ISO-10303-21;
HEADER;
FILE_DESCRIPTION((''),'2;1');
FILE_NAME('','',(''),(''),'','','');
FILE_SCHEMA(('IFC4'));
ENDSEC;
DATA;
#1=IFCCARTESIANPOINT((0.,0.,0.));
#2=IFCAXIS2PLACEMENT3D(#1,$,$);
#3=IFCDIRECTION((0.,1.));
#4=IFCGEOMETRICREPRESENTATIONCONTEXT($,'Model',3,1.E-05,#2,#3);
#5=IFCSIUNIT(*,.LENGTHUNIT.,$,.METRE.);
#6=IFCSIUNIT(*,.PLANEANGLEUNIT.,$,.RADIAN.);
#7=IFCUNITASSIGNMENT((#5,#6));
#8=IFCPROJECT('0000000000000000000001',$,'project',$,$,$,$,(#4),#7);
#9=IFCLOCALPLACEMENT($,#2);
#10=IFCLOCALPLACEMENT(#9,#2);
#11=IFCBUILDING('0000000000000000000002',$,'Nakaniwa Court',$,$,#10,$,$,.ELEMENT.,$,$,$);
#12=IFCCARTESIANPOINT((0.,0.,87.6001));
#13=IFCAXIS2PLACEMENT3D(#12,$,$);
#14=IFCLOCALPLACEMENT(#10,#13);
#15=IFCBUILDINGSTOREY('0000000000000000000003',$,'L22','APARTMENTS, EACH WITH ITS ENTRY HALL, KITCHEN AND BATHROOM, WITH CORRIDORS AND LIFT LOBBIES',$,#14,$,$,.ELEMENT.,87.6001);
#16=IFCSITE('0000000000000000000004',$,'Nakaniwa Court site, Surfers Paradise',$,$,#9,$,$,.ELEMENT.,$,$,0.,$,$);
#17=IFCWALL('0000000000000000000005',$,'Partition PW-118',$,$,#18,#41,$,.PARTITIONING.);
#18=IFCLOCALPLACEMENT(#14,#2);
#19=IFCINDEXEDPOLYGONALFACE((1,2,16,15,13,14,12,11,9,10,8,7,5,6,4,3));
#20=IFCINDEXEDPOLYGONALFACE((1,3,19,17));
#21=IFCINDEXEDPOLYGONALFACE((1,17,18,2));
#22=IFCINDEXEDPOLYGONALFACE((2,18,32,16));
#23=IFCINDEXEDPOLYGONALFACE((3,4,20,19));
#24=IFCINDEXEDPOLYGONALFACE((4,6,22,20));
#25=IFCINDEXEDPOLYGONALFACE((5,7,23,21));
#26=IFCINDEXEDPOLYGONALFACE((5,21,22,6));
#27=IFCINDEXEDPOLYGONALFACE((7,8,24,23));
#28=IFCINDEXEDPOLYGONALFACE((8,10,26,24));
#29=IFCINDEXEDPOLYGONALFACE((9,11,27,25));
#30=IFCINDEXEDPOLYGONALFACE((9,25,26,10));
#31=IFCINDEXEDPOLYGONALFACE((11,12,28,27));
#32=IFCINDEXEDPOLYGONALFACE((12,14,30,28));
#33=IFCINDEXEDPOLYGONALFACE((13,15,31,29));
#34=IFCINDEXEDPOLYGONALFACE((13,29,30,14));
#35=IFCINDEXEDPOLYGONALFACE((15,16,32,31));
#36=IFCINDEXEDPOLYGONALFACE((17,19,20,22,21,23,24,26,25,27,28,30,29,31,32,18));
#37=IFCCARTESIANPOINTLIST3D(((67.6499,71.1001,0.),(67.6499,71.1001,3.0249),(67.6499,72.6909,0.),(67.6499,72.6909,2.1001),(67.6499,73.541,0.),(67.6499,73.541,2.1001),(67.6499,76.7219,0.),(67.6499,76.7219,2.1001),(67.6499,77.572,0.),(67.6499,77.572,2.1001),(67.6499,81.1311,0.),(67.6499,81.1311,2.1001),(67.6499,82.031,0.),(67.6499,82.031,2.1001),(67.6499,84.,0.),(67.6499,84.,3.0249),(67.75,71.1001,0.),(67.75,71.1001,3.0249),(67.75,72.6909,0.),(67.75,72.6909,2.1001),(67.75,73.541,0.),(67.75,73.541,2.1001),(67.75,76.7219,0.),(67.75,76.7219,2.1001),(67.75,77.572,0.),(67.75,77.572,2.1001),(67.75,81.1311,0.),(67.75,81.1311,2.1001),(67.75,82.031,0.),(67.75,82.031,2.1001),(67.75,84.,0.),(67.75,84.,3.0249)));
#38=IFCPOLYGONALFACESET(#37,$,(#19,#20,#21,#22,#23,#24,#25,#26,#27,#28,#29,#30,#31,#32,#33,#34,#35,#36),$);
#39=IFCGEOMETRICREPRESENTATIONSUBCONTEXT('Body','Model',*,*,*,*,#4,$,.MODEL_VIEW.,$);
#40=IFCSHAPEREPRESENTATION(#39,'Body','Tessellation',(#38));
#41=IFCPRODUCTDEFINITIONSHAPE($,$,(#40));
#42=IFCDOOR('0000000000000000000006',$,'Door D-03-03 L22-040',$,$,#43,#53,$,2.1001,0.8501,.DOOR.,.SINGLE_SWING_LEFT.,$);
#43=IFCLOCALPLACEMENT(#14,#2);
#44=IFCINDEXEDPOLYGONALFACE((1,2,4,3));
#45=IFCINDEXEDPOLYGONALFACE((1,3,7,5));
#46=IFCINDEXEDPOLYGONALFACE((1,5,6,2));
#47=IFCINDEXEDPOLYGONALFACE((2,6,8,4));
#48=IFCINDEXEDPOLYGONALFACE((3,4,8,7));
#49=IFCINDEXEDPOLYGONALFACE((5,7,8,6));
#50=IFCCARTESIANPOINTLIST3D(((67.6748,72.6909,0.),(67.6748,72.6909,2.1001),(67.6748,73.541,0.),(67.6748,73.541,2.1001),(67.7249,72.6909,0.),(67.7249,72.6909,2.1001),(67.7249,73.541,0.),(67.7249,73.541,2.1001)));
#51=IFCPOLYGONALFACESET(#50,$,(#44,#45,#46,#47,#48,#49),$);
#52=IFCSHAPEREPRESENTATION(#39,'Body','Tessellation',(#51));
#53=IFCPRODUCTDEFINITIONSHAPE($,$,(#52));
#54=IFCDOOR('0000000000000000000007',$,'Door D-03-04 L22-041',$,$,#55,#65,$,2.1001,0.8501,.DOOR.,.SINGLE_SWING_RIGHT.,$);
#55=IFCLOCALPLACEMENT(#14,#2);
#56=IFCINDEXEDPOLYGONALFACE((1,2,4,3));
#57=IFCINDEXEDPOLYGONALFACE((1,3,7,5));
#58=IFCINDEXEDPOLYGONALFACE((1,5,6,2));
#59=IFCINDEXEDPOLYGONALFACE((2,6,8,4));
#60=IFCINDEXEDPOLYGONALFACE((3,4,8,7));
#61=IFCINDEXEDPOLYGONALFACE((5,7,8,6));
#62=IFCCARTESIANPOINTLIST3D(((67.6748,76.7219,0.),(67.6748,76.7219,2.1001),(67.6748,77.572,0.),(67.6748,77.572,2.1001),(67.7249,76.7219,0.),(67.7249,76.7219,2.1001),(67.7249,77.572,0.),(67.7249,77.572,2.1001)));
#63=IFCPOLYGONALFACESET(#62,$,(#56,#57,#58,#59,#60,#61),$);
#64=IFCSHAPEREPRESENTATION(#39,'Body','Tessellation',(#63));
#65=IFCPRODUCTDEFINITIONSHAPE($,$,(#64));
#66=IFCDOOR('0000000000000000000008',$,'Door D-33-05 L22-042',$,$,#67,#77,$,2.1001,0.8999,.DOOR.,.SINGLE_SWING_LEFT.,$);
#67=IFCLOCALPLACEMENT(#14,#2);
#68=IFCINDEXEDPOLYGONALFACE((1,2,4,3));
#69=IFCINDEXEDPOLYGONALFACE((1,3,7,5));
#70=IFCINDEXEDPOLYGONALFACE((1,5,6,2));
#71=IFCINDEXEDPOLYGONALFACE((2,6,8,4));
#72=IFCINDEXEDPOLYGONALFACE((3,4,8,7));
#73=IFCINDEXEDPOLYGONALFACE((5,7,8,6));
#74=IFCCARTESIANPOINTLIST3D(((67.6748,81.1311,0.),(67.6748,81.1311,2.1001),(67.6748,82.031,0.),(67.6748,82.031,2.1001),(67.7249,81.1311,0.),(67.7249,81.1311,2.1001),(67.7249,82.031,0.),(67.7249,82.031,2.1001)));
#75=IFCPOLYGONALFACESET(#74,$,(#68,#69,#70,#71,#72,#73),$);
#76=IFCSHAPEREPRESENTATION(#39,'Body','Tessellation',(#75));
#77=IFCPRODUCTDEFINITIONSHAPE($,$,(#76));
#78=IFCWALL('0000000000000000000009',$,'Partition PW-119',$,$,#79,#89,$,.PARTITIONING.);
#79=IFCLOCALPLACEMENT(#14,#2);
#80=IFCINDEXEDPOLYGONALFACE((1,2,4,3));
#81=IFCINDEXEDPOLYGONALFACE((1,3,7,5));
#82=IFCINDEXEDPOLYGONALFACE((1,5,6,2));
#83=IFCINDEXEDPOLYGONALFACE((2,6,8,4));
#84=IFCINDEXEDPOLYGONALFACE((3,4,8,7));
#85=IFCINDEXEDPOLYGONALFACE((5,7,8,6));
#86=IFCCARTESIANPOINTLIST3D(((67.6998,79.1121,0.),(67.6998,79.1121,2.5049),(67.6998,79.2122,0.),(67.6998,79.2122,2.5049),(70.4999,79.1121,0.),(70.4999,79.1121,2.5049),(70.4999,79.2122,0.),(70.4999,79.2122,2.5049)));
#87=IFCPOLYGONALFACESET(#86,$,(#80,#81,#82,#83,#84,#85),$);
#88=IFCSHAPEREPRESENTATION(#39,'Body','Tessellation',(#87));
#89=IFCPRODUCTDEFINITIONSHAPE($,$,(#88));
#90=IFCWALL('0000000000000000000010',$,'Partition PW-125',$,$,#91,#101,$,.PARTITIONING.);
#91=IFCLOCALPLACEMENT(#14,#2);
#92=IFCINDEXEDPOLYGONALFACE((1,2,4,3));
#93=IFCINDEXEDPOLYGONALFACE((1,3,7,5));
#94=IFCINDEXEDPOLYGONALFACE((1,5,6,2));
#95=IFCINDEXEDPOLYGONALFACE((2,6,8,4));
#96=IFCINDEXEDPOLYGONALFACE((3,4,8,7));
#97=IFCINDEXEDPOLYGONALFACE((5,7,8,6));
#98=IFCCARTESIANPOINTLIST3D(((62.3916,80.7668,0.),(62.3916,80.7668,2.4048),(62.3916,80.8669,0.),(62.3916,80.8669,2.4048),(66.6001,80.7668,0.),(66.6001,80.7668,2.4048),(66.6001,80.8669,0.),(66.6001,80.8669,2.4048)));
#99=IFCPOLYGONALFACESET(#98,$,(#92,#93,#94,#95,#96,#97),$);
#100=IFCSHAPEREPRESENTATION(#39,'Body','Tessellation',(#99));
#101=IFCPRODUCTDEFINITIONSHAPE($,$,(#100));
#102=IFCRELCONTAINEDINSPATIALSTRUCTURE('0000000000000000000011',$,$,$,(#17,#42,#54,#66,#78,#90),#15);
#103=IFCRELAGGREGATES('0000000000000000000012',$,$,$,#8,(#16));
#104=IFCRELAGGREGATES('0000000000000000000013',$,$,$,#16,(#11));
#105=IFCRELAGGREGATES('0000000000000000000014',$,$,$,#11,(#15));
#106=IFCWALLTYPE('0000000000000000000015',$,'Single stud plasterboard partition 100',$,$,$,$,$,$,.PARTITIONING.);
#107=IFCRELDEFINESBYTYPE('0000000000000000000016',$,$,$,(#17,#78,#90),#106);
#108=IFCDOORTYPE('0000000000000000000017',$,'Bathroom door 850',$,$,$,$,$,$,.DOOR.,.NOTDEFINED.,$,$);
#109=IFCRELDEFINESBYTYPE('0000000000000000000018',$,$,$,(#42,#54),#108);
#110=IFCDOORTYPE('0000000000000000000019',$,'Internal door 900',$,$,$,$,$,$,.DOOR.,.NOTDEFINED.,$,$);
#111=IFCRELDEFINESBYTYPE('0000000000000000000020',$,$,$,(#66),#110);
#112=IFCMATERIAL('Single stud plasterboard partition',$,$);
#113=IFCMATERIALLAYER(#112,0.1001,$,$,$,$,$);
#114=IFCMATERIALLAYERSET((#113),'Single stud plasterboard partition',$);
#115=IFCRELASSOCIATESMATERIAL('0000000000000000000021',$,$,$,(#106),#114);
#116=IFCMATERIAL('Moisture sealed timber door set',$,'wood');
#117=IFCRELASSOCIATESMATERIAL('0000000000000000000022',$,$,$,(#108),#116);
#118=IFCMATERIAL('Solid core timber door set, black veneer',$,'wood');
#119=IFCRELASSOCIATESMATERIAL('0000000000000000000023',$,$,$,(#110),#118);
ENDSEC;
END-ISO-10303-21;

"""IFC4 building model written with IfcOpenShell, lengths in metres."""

from ifc_helpers import new_model, si_unit, direction, frame, frame_2d, origin, place, context, subcontext, project, spatial, rectangle, extrude, material, layer, layer_set, type_object, element, fill, save


model = new_model("IFC4")

# Units and contexts
model_context = context("Model", 3, precision=1e-05, world=origin(), true_north=direction((0.0, 1.0)))
body_context = subcontext(model_context, "Body", "Model", "MODEL_VIEW")
ifc_project = project(units=[si_unit("LENGTHUNIT", "METRE"), si_unit("PLANEANGLEUNIT", "RADIAN")], contexts=[model_context])

# Site, building, storey
site_placement = place(None, origin())
site = spatial("IfcSite", under=ifc_project, at=site_placement, Name="Nakaniwa Court site, Surfers Paradise", CompositionType="ELEMENT", RefElevation=0.0)
building_placement = place(site_placement, origin())
building = spatial("IfcBuilding", under=site, at=building_placement, Name="Nakaniwa Court", CompositionType="ELEMENT")
storey_placement = place(building_placement, frame((0.0, 0.0, 87.6001)))
storey = spatial("IfcBuildingStorey", under=building, at=storey_placement, Name="L22", Description="APARTMENTS, EACH WITH ITS ENTRY HALL, KITCHEN AND BATHROOM, WITH CORRIDORS AND LIFT LOBBIES", CompositionType="ELEMENT", Elevation=87.6001)

# Wall, openings, doors
ifc_material_1 = material(Name="Single stud plasterboard partition")
ifc_layer_1 = layer(ifc_material_1, 0.1001)
ifc_layer_set_1 = layer_set([ifc_layer_1], Name="Single stud plasterboard partition")
wall_type_1 = type_object("IfcWallType", Name="Single stud plasterboard partition 100", PredefinedType="PARTITIONING", material=ifc_layer_set_1)
wall_1_placement = place(storey_placement, frame((67.7, 84.0, 0.0), z_axis=(0.0, 0.0, 1.0), x_axis=(0.0, -1.0, 0.0)))
wall_1 = element("IfcWall", 1, at=wall_1_placement, inside=storey, type_object=wall_type_1, Name="Partition PW-118", PredefinedType="PARTITIONING", context=body_context, shape_type="SweptSolid", body=[
    extrude(rectangle(XDim=12.8999, YDim=0.1001, at=frame_2d((6.45, 0.0))), origin(), (0.0, 0.0, 1.0), 3.0249),
])
opening_1_placement = place(wall_1_placement, frame((10.459, 0.0, 0.0)))
opening_1 = element("IfcOpeningElement", 2, at=opening_1_placement, cuts=wall_1, PredefinedType="OPENING", context=body_context, shape_type="SweptSolid", body=[
    extrude(rectangle(XDim=0.8501, YDim=2.1001, at=frame_2d((0.425, 1.05))), frame((0.0, 0.0601, 0.0), z_axis=(0.0, -1.0, 0.0), x_axis=(1.0, 0.0, 0.0)), (0.0, 0.0, 1.0), 0.1201),
])
opening_2_placement = place(wall_1_placement, frame((6.428, 0.0, 0.0)))
opening_2 = element("IfcOpeningElement", 3, at=opening_2_placement, cuts=wall_1, PredefinedType="OPENING", context=body_context, shape_type="SweptSolid", body=[
    extrude(rectangle(XDim=0.8501, YDim=2.1001, at=frame_2d((0.425, 1.05))), frame((0.0, 0.0601, 0.0), z_axis=(0.0, -1.0, 0.0), x_axis=(1.0, 0.0, 0.0)), (0.0, 0.0, 1.0), 0.1201),
])
opening_3_placement = place(wall_1_placement, frame((1.969, 0.0, 0.0)))
opening_3 = element("IfcOpeningElement", 4, at=opening_3_placement, cuts=wall_1, PredefinedType="OPENING", context=body_context, shape_type="SweptSolid", body=[
    extrude(rectangle(XDim=0.8999, YDim=2.1001, at=frame_2d((0.45, 1.05))), frame((0.0, 0.0601, 0.0), z_axis=(0.0, -1.0, 0.0), x_axis=(1.0, 0.0, 0.0)), (0.0, 0.0, 1.0), 0.1201),
])
ifc_material_2 = material(Name="Moisture sealed timber door set", Category="wood")
door_type_1 = type_object("IfcDoorType", Name="Bathroom door 850", OperationType="NOTDEFINED", PredefinedType="DOOR", material=ifc_material_2)
door_1_placement = place(opening_1_placement, origin())
door_1 = element("IfcDoor", 5, at=door_1_placement, inside=storey, type_object=door_type_1, Name="Door D-03-03 L22-040", OperationType="SINGLE_SWING_LEFT", OverallHeight=2.1001, OverallWidth=0.8501, PredefinedType="DOOR", context=body_context, shape_type="SweptSolid", body=[
    extrude(rectangle(XDim=0.8501, YDim=2.1001, at=frame_2d((0.425, 1.05))), frame((0.0, 0.0249, 0.0), z_axis=(0.0, -1.0, 0.0), x_axis=(1.0, 0.0, 0.0)), (0.0, 0.0, 1.0), 0.05),
])
fill(opening_1, door_1)
door_2_placement = place(opening_2_placement, origin())
door_2 = element("IfcDoor", 6, at=door_2_placement, inside=storey, type_object=door_type_1, Name="Door D-03-04 L22-041", OperationType="SINGLE_SWING_RIGHT", OverallHeight=2.1001, OverallWidth=0.8501, PredefinedType="DOOR", context=body_context, shape_type="SweptSolid", body=[
    extrude(rectangle(XDim=0.8501, YDim=2.1001, at=frame_2d((0.425, 1.05))), frame((0.0, 0.0249, 0.0), z_axis=(0.0, -1.0, 0.0), x_axis=(1.0, 0.0, 0.0)), (0.0, 0.0, 1.0), 0.05),
])
fill(opening_2, door_2)
ifc_material_3 = material(Name="Solid core timber door set, black veneer", Category="wood")
door_type_2 = type_object("IfcDoorType", Name="Internal door 900", OperationType="NOTDEFINED", PredefinedType="DOOR", material=ifc_material_3)
door_3_placement = place(opening_3_placement, origin())
door_3 = element("IfcDoor", 7, at=door_3_placement, inside=storey, type_object=door_type_2, Name="Door D-33-05 L22-042", OperationType="SINGLE_SWING_LEFT", OverallHeight=2.1001, OverallWidth=0.8999, PredefinedType="DOOR", context=body_context, shape_type="SweptSolid", body=[
    extrude(rectangle(XDim=0.8999, YDim=2.1001, at=frame_2d((0.45, 1.05))), frame((0.0, 0.0249, 0.0), z_axis=(0.0, -1.0, 0.0), x_axis=(1.0, 0.0, 0.0)), (0.0, 0.0, 1.0), 0.05),
])
fill(opening_3, door_3)

# Walls
wall_2_placement = place(storey_placement, frame((67.7, 79.1621, 0.0), z_axis=(0.0, 0.0, 1.0), x_axis=(1.0, 0.0, 0.0)))
element("IfcWall", 8, at=wall_2_placement, inside=storey, type_object=wall_type_1, Name="Partition PW-119", PredefinedType="PARTITIONING", context=body_context, shape_type="SweptSolid", body=[
    extrude(rectangle(XDim=2.8, YDim=0.1001, at=frame_2d((1.3999, 0.0))), origin(), (0.0, 0.0, 1.0), 2.5049),
])
wall_3_placement = place(storey_placement, frame((62.3916, 80.8169, 0.0), z_axis=(0.0, 0.0, 1.0), x_axis=(1.0, 0.0, 0.0)))
element("IfcWall", 9, at=wall_3_placement, inside=storey, type_object=wall_type_1, Name="Partition PW-125", PredefinedType="PARTITIONING", context=body_context, shape_type="SweptSolid", body=[
    extrude(rectangle(XDim=4.2085, YDim=0.1001, at=frame_2d((2.1042, 0.0))), origin(), (0.0, 0.0, 1.0), 2.4048),
])

save(model, "model.ifc")
